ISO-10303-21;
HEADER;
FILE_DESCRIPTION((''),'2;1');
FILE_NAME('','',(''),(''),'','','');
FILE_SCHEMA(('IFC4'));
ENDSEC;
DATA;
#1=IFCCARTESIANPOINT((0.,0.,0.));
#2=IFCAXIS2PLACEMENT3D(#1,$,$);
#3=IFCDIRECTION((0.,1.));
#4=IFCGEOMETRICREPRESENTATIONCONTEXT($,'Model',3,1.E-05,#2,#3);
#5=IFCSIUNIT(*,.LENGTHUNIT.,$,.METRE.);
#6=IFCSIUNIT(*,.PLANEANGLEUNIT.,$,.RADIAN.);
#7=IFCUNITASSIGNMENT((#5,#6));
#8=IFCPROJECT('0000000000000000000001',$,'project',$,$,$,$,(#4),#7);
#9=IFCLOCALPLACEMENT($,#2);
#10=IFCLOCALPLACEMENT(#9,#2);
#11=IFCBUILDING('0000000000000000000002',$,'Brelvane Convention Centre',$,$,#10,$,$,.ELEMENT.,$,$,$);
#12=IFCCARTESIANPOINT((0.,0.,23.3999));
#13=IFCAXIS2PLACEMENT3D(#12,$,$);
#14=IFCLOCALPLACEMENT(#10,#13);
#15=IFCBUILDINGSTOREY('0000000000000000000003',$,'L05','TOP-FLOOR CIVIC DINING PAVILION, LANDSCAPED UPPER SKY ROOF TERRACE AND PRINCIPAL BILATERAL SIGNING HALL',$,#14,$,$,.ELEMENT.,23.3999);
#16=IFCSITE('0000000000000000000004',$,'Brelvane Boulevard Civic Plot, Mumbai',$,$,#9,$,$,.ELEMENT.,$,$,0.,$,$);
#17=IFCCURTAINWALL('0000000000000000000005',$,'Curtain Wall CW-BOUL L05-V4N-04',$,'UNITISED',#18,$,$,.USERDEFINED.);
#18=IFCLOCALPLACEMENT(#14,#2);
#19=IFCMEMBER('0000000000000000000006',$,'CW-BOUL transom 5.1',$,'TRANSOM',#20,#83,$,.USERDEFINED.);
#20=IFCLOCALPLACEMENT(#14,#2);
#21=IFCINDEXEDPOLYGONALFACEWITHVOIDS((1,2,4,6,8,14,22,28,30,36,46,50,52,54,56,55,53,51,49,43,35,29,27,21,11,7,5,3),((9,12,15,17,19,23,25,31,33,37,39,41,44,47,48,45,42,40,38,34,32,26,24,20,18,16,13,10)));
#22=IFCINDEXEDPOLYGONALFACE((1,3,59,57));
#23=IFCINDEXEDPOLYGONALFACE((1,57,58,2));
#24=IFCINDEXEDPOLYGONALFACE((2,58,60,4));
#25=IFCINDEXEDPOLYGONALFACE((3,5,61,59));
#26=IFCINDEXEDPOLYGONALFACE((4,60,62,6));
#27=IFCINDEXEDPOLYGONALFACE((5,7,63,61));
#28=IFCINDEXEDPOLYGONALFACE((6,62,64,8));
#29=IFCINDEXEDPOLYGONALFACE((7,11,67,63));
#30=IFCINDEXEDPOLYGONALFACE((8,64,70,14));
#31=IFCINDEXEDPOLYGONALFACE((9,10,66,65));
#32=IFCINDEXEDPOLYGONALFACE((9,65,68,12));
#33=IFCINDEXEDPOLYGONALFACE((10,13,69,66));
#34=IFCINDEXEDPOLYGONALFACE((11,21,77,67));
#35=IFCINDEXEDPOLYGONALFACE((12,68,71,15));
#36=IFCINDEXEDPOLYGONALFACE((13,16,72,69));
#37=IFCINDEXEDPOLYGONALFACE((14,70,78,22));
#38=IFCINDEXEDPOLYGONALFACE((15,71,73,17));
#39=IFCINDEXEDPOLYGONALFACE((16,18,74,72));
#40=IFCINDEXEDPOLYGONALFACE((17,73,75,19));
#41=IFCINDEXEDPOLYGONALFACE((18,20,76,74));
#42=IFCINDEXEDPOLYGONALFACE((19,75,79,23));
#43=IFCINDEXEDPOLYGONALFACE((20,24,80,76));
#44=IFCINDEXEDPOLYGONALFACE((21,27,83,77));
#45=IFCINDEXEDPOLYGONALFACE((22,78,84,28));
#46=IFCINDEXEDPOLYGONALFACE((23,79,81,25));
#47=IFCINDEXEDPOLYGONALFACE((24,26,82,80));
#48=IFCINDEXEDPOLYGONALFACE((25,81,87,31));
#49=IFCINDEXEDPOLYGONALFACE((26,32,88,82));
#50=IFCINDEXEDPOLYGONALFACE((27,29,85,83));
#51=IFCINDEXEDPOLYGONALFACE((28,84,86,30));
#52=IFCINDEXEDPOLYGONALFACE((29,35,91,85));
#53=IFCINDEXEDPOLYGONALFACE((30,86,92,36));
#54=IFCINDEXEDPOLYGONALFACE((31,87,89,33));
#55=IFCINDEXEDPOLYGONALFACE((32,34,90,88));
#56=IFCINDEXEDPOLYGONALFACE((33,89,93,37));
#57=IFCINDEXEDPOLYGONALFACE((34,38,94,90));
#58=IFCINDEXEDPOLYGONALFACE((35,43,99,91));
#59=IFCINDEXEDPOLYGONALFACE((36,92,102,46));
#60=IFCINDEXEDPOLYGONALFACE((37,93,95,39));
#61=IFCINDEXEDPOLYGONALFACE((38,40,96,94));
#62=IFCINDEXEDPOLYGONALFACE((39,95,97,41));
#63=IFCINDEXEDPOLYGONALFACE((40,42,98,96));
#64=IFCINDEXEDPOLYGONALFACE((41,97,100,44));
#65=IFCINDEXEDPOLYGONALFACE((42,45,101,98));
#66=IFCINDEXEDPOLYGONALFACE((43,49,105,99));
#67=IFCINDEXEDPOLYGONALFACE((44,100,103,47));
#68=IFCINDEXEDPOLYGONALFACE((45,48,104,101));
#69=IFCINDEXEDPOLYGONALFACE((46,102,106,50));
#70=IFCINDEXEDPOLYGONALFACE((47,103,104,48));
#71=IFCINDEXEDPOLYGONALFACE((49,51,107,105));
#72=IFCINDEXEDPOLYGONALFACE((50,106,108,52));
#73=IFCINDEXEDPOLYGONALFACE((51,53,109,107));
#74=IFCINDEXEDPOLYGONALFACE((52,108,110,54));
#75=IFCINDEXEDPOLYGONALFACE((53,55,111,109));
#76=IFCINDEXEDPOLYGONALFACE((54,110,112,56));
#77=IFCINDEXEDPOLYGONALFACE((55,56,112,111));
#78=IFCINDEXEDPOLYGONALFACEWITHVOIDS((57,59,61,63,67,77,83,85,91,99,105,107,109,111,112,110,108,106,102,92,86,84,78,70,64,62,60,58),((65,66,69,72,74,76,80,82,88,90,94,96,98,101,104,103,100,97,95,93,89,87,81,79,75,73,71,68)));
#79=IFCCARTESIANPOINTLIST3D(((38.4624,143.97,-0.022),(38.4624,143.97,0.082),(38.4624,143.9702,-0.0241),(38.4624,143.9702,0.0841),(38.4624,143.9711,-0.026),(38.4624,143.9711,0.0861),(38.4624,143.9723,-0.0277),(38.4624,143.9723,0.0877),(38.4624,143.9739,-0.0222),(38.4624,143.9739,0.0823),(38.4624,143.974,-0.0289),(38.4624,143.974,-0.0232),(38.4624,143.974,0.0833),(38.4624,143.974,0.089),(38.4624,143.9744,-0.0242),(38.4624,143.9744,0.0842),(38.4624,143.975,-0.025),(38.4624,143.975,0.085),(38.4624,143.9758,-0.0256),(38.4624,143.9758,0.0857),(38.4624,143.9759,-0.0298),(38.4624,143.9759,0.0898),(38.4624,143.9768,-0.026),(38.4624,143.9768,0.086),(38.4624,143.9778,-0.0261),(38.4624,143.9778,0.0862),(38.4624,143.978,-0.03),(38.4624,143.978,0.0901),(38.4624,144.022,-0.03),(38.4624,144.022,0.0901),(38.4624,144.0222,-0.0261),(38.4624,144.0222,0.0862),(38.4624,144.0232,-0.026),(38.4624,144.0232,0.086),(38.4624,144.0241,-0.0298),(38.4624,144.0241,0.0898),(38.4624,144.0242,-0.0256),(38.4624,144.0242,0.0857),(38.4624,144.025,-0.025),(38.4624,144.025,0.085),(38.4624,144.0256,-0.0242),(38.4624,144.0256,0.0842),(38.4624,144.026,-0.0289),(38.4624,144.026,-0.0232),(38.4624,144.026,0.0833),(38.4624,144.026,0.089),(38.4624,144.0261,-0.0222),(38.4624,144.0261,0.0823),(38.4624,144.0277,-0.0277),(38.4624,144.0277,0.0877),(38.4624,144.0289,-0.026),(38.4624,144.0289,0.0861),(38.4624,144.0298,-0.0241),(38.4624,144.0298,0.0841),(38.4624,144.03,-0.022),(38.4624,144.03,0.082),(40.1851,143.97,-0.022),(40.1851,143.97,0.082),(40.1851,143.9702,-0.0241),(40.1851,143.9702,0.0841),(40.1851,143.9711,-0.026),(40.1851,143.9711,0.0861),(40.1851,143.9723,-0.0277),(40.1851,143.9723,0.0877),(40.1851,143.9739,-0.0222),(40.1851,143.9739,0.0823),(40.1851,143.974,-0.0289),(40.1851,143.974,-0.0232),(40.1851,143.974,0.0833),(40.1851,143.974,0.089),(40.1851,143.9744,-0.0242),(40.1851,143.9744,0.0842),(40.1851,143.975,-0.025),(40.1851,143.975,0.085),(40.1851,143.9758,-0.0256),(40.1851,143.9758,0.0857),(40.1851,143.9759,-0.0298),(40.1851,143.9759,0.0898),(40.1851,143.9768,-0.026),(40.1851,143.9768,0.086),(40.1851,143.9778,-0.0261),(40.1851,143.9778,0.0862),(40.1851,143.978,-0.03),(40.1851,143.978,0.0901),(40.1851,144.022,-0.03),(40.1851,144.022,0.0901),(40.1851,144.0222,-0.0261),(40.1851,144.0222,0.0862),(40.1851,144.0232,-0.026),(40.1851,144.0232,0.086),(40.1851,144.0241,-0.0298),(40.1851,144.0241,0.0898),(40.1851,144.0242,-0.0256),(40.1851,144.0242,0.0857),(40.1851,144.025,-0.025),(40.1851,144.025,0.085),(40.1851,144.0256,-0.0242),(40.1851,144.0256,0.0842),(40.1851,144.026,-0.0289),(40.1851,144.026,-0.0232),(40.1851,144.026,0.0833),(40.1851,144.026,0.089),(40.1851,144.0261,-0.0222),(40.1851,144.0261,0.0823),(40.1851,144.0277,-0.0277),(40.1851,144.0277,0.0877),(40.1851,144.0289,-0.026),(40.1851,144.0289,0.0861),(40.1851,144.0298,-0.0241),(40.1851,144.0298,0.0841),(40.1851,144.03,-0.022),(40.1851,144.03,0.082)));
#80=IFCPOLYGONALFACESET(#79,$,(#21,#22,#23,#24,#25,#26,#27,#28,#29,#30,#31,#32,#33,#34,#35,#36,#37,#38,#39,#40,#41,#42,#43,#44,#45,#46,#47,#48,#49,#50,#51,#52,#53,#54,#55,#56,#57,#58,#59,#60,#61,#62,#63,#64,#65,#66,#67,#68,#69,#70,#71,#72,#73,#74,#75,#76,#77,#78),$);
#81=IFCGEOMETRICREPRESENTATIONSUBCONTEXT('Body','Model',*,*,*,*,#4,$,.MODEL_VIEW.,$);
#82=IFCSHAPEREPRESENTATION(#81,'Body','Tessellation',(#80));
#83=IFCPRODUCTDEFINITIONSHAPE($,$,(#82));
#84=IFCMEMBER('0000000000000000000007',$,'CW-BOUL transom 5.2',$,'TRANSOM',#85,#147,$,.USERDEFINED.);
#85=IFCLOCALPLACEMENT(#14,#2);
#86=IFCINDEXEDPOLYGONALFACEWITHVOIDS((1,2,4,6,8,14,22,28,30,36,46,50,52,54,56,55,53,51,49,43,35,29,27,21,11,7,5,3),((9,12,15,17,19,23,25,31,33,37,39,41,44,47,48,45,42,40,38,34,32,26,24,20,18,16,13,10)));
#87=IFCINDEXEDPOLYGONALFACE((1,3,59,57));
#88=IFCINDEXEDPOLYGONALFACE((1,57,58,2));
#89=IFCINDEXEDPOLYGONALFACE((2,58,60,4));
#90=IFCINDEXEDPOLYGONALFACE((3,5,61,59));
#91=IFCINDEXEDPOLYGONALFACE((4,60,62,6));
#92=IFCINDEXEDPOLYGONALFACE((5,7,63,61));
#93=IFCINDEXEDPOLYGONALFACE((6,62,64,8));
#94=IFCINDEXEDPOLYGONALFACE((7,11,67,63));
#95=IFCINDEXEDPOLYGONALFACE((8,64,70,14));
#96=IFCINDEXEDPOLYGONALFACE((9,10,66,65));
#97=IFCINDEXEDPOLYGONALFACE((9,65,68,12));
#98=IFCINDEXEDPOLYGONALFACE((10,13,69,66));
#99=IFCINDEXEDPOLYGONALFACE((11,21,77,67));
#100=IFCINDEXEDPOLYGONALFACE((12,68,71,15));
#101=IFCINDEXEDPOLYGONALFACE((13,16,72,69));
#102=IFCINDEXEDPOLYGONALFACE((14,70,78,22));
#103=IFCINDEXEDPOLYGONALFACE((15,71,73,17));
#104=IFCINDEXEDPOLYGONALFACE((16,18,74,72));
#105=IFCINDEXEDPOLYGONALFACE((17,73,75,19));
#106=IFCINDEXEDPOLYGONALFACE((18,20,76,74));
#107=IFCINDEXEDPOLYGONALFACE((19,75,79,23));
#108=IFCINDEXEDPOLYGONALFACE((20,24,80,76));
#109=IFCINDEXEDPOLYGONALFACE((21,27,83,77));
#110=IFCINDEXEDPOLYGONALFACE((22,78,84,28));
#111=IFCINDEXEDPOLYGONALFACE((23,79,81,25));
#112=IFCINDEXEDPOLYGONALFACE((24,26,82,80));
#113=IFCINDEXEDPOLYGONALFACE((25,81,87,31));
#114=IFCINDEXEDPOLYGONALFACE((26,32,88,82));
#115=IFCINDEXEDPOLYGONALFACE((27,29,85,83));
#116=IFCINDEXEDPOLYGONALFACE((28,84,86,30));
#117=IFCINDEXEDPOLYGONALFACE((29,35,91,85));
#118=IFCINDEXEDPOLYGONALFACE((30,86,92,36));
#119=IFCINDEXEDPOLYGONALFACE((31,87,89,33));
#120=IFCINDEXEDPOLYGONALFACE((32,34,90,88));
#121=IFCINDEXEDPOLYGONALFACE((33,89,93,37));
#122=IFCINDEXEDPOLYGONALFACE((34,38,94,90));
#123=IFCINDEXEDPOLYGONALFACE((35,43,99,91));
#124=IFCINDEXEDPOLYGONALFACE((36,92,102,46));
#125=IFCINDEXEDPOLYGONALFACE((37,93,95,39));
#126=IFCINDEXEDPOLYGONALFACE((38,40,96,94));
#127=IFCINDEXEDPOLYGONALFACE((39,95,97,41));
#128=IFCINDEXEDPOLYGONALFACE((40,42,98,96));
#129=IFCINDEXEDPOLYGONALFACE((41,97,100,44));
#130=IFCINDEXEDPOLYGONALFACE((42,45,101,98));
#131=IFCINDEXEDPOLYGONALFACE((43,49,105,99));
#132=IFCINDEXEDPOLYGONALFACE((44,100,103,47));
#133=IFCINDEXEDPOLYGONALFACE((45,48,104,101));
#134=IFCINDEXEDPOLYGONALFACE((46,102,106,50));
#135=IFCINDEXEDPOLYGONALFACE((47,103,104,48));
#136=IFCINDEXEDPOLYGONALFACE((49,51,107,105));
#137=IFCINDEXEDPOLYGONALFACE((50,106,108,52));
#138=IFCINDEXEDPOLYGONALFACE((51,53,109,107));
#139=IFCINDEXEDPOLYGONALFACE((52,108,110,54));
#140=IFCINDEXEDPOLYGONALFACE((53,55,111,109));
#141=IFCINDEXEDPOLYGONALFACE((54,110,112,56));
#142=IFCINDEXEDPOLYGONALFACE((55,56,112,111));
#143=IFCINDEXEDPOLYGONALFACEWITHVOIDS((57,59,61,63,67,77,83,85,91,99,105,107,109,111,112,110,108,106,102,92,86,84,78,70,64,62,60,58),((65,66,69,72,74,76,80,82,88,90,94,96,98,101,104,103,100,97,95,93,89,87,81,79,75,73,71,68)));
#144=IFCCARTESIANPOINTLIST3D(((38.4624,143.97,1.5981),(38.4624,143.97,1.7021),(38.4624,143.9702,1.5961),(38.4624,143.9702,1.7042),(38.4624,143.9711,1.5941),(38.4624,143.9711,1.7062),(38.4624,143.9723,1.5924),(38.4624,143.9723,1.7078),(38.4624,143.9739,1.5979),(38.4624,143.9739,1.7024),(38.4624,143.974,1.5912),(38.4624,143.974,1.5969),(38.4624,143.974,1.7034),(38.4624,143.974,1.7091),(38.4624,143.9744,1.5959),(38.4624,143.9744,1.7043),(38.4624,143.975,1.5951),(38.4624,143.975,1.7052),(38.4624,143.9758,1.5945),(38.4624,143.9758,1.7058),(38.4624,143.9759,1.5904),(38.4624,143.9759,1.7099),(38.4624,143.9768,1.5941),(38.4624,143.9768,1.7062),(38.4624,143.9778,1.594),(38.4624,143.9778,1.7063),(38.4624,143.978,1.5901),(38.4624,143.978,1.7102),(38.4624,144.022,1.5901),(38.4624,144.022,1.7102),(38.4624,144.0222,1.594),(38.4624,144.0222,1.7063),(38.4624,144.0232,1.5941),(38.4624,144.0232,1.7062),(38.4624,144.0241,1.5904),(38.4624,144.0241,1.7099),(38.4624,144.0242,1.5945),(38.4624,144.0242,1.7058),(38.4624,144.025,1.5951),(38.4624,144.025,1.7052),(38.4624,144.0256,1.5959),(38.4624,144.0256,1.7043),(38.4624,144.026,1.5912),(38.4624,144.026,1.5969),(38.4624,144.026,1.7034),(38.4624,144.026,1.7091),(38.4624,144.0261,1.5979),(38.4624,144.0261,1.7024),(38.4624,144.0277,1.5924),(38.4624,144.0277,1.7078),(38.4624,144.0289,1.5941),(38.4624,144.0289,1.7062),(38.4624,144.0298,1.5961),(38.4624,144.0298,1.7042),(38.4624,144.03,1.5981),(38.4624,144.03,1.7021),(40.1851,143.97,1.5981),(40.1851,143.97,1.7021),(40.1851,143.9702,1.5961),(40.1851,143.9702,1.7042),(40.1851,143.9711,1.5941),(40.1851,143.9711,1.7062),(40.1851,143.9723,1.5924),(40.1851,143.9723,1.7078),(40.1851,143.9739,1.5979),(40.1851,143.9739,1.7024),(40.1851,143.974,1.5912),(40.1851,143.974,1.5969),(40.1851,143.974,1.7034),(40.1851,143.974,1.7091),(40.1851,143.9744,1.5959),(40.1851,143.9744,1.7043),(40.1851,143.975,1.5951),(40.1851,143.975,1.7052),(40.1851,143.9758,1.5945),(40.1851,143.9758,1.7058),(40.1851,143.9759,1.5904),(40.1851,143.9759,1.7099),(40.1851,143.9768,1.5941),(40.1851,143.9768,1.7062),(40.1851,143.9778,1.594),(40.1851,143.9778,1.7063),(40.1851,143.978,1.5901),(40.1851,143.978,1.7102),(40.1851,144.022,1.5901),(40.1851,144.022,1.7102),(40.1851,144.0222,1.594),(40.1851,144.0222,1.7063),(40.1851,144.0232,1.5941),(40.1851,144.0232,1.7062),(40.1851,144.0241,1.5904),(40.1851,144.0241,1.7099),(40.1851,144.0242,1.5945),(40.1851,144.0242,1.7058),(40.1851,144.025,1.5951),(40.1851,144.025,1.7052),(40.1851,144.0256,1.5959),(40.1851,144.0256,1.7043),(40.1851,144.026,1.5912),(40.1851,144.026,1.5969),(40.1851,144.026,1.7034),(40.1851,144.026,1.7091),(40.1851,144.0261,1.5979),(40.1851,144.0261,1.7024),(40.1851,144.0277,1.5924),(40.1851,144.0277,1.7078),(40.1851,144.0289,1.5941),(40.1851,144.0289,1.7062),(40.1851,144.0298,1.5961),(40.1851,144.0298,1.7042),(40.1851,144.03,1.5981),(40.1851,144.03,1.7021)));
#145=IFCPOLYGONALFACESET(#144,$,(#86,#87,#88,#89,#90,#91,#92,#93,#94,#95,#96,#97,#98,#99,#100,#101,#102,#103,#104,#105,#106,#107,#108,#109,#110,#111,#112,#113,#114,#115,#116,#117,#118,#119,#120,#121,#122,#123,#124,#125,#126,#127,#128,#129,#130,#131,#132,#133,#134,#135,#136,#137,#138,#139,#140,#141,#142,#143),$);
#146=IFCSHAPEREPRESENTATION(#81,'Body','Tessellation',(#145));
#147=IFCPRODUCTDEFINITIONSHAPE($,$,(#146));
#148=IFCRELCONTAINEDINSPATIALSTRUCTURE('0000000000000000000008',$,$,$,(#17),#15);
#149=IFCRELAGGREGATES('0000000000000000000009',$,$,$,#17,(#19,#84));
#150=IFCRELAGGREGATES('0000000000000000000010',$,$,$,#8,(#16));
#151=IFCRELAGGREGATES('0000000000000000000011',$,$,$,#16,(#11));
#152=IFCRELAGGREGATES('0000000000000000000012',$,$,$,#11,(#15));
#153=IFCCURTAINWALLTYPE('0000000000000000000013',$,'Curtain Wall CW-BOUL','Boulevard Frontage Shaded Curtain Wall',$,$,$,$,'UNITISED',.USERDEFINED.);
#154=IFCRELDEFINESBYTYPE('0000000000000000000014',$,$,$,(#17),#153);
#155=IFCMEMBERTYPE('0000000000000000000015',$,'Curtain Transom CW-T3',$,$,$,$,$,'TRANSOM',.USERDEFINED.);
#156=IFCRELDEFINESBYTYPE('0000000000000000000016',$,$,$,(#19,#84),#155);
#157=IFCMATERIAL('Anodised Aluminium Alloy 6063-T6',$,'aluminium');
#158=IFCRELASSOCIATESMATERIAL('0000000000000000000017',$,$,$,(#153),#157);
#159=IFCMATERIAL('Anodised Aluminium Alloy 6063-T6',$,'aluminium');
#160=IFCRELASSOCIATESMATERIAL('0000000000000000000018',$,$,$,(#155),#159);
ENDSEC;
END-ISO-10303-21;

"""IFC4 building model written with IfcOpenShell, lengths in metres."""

from ifc_helpers import new_model, si_unit, direction, frame, origin, origin_2d, place, context, subcontext, project, spatial, hollow_rectangle, extrude, material, material_profile, profile_set, type_object, element, aggregate, save


model = new_model("IFC4")

# Units and contexts
model_context = context("Model", 3, precision=1e-05, world=origin(), true_north=direction((0.0, 1.0)))
body_context = subcontext(model_context, "Body", "Model", "MODEL_VIEW")
ifc_project = project(units=[si_unit("LENGTHUNIT", "METRE"), si_unit("PLANEANGLEUNIT", "RADIAN")], contexts=[model_context])

# Site, building, storey
site_placement = place(None, origin())
site = spatial("IfcSite", under=ifc_project, at=site_placement, Name="Brelvane Boulevard Civic Plot, Mumbai", CompositionType="ELEMENT", RefElevation=0.0)
building_placement = place(site_placement, origin())
building = spatial("IfcBuilding", under=site, at=building_placement, Name="Brelvane Convention Centre", CompositionType="ELEMENT")
storey_placement = place(building_placement, frame((0.0, 0.0, 23.3999)))
storey = spatial("IfcBuildingStorey", under=building, at=storey_placement, Name="L05", Description="TOP-FLOOR CIVIC DINING PAVILION, LANDSCAPED UPPER SKY ROOF TERRACE AND PRINCIPAL BILATERAL SIGNING HALL", CompositionType="ELEMENT", Elevation=23.3999)

# Curtain wall, members
ifc_material_1 = material(Name="Anodised Aluminium Alloy 6063-T6", Category="aluminium")
curtain_wall_type = type_object("IfcCurtainWallType", Name="Curtain Wall CW-BOUL", Description="Boulevard Frontage Shaded Curtain Wall", ElementType="UNITISED", PredefinedType="USERDEFINED", material=ifc_material_1)
curtain_wall_placement = place(storey_placement, origin())
curtain_wall = element("IfcCurtainWall", 1, at=curtain_wall_placement, inside=storey, type_object=curtain_wall_type, Name="Curtain Wall CW-BOUL L05-V4N-04", ObjectType="UNITISED", PredefinedType="USERDEFINED")
ifc_material_2 = material(Name="Anodised Aluminium Alloy 6063-T6", Category="aluminium")
ifc_material_profile_1 = material_profile(ifc_material_2, hollow_rectangle(XDim=0.0601, YDim=0.1201, WallThickness=0.0039, InnerFilletRadius=0.0039, OuterFilletRadius=0.0081, at=origin_2d()), Name="ALU-T 120x60x4.0")
ifc_profile_set_1 = profile_set([ifc_material_profile_1], Name="Anodised Aluminium Alloy 6063-T6")
member_type_1 = type_object("IfcMemberType", Name="Curtain Transom CW-T3", ElementType="TRANSOM", PredefinedType="USERDEFINED", material=ifc_profile_set_1)
member_1_placement = place(storey_placement, frame((38.4624, 144.0, 0.03), z_axis=(1.0, 0.0, 0.0), x_axis=(0.0, 1.0, 0.0)))
member_1 = element("IfcMember", 2, at=member_1_placement, type_object=member_type_1, Name="CW-BOUL transom 5.1", ObjectType="TRANSOM", PredefinedType="USERDEFINED", context=body_context, shape_type="SweptSolid", body=[
    extrude(hollow_rectangle(XDim=0.0601, YDim=0.1201, WallThickness=0.0039, InnerFilletRadius=0.0039, OuterFilletRadius=0.0081, at=origin_2d()), origin(), (0.0, 0.0, 1.0), 1.7227),
])
member_2_placement = place(storey_placement, frame((38.4624, 144.0, 1.6501), z_axis=(1.0, 0.0, 0.0), x_axis=(0.0, 1.0, 0.0)))
member_2 = element("IfcMember", 3, at=member_2_placement, type_object=member_type_1, Name="CW-BOUL transom 5.2", ObjectType="TRANSOM", PredefinedType="USERDEFINED", context=body_context, shape_type="SweptSolid", body=[
    extrude(hollow_rectangle(XDim=0.0601, YDim=0.1201, WallThickness=0.0039, InnerFilletRadius=0.0039, OuterFilletRadius=0.0081, at=origin_2d()), origin(), (0.0, 0.0, 1.0), 1.7227),
])

aggregate(curtain_wall, [member_1, member_2])

save(model, "model.ifc")
